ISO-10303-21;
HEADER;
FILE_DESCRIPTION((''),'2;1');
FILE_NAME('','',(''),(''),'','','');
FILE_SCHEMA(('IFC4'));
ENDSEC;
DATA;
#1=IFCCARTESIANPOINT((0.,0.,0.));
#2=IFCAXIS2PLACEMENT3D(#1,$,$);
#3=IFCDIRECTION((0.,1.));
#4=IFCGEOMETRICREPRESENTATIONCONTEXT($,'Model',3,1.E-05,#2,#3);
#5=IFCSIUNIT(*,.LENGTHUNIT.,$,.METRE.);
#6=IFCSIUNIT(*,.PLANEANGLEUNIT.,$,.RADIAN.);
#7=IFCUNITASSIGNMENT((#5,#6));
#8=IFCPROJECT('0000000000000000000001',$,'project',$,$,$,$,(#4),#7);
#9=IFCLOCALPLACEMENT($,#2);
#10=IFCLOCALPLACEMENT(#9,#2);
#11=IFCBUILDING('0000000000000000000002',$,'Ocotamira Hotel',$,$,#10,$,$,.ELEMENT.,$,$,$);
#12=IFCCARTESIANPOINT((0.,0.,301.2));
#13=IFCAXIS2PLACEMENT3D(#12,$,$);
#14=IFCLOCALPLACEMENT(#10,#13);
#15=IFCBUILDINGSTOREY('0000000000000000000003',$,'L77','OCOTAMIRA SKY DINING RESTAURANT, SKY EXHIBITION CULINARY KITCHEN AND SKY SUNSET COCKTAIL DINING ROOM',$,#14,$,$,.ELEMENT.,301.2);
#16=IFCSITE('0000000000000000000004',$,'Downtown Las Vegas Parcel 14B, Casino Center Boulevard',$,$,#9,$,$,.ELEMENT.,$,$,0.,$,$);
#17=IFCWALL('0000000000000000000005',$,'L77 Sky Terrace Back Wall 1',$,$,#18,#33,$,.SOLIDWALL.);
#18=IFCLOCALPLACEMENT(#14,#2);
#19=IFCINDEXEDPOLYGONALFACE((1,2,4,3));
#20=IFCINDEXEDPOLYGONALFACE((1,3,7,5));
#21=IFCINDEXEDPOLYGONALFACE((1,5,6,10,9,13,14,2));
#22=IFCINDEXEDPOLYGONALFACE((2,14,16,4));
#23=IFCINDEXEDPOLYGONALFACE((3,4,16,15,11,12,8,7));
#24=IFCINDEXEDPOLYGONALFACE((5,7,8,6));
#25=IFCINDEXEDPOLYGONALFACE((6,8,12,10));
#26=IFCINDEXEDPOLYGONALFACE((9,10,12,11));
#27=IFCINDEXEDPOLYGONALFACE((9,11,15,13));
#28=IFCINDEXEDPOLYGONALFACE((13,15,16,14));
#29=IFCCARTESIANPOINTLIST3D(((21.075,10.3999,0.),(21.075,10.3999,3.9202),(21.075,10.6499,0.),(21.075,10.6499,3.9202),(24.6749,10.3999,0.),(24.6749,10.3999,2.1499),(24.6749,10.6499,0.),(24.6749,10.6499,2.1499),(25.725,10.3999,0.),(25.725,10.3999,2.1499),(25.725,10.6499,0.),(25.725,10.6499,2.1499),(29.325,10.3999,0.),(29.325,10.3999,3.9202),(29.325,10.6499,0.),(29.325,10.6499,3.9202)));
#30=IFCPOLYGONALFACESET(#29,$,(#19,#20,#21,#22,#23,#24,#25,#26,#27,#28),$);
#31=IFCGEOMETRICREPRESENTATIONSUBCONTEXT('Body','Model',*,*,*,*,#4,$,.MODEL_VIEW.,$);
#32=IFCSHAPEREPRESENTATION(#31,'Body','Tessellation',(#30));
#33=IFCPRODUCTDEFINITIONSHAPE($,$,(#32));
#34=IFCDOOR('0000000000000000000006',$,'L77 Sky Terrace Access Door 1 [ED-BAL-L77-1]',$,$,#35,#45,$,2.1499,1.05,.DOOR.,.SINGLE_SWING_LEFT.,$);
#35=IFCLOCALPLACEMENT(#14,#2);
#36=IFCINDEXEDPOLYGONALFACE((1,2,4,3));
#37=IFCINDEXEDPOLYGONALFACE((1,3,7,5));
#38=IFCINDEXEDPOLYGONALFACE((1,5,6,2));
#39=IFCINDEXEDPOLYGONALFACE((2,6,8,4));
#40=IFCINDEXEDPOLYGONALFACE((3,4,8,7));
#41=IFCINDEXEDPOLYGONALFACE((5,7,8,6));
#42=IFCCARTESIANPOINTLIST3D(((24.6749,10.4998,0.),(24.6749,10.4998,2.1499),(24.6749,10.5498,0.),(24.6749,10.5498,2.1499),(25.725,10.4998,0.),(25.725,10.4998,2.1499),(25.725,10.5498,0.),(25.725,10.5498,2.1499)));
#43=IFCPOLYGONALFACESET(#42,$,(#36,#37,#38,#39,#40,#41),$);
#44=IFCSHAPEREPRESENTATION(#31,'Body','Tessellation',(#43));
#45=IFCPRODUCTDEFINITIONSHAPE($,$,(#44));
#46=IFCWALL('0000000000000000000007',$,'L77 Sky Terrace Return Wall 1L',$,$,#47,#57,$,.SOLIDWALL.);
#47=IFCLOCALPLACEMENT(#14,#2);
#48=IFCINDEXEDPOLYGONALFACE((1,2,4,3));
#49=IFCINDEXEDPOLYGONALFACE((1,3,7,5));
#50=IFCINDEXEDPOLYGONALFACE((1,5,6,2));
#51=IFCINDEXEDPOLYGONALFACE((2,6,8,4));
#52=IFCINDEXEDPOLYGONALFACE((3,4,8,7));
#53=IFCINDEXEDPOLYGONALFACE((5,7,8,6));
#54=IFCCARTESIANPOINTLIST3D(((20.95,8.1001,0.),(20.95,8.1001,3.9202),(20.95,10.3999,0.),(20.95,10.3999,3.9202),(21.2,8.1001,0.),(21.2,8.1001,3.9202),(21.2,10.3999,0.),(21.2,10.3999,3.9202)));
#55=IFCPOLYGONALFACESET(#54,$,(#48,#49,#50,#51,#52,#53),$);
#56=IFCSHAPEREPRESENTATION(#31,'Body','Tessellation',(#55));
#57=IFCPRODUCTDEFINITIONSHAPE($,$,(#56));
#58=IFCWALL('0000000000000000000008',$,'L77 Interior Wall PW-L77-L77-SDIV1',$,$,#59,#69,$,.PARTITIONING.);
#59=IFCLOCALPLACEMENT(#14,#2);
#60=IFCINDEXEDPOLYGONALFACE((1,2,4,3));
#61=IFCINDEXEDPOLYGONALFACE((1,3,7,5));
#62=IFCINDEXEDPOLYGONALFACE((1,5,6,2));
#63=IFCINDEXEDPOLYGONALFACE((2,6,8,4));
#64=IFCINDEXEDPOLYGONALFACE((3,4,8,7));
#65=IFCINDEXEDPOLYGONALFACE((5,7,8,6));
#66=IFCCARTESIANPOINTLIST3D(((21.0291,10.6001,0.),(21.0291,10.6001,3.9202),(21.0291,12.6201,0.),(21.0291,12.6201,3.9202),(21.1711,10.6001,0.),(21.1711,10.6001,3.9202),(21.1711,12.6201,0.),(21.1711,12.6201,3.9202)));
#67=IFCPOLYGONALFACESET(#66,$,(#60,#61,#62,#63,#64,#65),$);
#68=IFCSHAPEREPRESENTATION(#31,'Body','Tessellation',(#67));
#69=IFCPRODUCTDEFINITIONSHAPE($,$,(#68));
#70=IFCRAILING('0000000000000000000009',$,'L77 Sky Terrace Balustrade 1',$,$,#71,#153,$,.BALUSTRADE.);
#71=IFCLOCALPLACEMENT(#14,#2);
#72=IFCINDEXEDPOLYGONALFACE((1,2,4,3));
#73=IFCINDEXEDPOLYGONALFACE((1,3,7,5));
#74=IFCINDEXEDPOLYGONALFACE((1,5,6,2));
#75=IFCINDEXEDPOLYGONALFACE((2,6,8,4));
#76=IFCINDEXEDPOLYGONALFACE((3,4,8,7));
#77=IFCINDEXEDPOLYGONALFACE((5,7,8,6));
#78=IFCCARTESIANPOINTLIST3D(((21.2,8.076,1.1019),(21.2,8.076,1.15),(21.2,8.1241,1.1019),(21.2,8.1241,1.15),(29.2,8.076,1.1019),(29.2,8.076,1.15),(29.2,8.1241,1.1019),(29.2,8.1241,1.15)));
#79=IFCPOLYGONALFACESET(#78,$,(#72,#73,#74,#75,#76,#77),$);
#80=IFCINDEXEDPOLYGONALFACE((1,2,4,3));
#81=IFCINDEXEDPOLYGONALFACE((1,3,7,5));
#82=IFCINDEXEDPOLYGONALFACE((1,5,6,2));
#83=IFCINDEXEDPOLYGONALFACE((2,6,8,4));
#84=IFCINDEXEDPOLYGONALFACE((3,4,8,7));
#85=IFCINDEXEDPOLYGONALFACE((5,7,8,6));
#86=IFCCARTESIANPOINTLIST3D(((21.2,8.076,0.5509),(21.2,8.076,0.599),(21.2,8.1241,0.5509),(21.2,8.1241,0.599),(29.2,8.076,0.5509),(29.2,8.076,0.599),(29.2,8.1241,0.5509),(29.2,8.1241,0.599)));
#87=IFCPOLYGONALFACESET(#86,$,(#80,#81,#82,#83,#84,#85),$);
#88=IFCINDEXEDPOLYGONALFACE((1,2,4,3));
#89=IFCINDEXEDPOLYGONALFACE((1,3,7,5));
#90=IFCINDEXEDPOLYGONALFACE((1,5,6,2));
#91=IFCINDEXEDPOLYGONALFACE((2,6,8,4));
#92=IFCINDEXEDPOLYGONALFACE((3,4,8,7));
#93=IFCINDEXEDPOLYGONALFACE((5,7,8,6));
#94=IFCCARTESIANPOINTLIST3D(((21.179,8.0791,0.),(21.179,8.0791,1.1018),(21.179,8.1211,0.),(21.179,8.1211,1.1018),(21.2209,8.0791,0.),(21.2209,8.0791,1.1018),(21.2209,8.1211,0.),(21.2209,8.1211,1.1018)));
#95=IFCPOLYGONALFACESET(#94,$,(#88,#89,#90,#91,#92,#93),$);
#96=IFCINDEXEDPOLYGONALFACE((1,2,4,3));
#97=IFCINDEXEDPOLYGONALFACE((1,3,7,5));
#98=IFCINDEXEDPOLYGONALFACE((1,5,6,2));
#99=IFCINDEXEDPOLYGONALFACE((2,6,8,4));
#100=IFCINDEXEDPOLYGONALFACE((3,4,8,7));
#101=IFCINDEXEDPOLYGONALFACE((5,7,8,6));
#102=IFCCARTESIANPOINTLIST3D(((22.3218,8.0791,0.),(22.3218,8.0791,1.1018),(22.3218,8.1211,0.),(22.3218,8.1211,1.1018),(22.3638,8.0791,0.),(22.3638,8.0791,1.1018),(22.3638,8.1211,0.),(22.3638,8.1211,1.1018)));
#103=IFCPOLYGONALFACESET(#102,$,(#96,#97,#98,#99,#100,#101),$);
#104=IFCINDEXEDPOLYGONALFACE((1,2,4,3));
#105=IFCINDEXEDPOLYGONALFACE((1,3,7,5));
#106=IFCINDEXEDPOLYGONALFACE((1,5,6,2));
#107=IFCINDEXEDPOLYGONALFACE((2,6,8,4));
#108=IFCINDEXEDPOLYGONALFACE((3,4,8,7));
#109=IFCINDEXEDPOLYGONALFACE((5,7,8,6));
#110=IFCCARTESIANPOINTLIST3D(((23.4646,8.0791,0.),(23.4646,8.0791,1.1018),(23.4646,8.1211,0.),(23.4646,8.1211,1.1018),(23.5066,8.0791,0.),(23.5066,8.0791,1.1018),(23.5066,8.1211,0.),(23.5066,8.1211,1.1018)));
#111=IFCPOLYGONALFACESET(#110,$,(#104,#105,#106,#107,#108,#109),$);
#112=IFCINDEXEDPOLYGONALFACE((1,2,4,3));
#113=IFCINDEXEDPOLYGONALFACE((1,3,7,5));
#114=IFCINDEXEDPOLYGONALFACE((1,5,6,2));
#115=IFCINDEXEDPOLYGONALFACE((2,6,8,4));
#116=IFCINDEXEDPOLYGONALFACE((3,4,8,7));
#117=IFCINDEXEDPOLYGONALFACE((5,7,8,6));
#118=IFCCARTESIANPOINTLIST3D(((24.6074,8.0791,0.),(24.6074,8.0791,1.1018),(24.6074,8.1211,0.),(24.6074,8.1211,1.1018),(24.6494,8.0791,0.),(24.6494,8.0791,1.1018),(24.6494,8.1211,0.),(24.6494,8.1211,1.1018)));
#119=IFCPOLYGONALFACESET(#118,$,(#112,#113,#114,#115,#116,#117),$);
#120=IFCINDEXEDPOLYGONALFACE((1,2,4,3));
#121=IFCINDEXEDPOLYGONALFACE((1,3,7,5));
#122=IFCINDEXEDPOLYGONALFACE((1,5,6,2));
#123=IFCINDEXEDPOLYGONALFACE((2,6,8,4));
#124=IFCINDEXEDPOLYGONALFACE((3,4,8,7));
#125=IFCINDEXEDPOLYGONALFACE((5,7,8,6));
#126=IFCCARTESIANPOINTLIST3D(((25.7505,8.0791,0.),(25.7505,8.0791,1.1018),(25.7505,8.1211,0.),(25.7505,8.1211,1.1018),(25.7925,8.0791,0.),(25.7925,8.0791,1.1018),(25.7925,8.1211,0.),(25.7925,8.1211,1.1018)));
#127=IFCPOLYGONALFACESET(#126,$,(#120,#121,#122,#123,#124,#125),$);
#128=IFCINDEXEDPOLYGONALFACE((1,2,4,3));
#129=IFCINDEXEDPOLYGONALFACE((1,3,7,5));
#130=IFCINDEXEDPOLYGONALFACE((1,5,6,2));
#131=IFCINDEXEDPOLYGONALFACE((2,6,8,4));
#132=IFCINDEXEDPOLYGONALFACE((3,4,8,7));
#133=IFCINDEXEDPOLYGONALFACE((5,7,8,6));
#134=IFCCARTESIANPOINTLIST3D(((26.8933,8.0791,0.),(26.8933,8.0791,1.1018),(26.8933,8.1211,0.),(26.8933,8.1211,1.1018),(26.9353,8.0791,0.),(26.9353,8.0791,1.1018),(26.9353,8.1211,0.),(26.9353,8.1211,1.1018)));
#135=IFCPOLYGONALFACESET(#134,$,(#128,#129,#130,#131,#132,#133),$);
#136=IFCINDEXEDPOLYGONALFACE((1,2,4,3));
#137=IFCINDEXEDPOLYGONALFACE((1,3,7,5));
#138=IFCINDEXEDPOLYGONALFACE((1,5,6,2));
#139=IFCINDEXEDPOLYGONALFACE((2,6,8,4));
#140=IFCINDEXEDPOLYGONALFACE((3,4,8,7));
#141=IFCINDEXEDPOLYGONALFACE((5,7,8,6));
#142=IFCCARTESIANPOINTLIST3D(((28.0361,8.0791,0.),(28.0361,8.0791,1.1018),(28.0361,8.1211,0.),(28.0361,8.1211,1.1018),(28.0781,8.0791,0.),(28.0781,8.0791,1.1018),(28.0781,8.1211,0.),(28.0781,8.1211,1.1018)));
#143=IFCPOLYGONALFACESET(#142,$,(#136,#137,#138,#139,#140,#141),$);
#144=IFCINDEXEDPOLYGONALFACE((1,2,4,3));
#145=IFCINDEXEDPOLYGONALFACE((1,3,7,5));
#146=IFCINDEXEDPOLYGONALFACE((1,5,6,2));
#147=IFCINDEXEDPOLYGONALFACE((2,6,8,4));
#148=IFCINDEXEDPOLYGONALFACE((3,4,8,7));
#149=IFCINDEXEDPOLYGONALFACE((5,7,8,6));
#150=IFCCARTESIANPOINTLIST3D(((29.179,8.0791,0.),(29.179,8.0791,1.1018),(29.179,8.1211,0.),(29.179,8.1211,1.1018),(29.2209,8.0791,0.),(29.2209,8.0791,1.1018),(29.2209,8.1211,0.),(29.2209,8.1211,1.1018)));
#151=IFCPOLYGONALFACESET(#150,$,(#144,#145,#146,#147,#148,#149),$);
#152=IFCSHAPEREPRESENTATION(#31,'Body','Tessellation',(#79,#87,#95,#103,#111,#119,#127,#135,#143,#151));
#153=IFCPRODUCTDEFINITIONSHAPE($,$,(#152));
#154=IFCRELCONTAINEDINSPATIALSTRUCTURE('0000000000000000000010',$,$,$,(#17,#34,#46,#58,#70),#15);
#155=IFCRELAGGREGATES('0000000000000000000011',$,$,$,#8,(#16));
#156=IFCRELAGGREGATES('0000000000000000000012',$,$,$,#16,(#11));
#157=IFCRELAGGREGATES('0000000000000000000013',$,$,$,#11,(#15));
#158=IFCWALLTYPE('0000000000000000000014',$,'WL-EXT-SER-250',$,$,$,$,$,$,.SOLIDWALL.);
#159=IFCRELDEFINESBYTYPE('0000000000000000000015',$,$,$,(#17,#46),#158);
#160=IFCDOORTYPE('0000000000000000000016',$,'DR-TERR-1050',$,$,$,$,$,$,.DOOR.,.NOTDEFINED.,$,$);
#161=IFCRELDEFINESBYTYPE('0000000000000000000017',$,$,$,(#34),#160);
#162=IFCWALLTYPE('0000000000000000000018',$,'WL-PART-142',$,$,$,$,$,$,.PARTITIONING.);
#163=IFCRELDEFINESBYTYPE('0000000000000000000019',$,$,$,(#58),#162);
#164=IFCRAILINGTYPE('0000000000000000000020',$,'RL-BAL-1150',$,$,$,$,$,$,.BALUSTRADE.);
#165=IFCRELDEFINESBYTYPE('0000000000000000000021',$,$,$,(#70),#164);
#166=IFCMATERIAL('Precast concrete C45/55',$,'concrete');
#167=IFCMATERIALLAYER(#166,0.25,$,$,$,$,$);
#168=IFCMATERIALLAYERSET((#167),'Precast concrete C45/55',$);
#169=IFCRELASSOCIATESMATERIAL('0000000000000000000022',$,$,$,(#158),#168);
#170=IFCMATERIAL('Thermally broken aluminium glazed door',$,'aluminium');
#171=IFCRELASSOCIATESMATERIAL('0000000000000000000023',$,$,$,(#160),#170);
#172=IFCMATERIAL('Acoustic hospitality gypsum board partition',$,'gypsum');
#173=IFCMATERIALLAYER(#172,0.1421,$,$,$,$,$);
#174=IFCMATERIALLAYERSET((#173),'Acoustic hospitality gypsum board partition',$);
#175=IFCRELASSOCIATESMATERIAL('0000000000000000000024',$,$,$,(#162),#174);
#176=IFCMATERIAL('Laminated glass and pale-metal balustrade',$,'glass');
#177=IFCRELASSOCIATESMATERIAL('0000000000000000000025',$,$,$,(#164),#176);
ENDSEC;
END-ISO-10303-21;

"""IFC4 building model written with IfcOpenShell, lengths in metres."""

from ifc_helpers import new_model, si_unit, direction, frame, frame_2d, origin, origin_2d, place, context, subcontext, project, spatial, rectangle, extrude, source, transform, mapped, material, layer, layer_set, type_object, element, fill, save


model = new_model("IFC4")

# Units and contexts
model_context = context("Model", 3, precision=1e-05, world=origin(), true_north=direction((0.0, 1.0)))
body_context = subcontext(model_context, "Body", "Model", "MODEL_VIEW")
ifc_project = project(units=[si_unit("LENGTHUNIT", "METRE"), si_unit("PLANEANGLEUNIT", "RADIAN")], contexts=[model_context])

# Site, building, storey
site_placement = place(None, origin())
site = spatial("IfcSite", under=ifc_project, at=site_placement, Name="Downtown Las Vegas Parcel 14B, Casino Center Boulevard", CompositionType="ELEMENT", RefElevation=0.0)
building_placement = place(site_placement, origin())
building = spatial("IfcBuilding", under=site, at=building_placement, Name="Ocotamira Hotel", CompositionType="ELEMENT")
storey_placement = place(building_placement, frame((0.0, 0.0, 301.2)))
storey = spatial("IfcBuildingStorey", under=building, at=storey_placement, Name="L77", Description="OCOTAMIRA SKY DINING RESTAURANT, SKY EXHIBITION CULINARY KITCHEN AND SKY SUNSET COCKTAIL DINING ROOM", CompositionType="ELEMENT", Elevation=301.2)

# Wall, opening, door
ifc_material_1 = material(Name="Precast concrete C45/55", Category="concrete")
ifc_layer_1 = layer(ifc_material_1, 0.25)
ifc_layer_set_1 = layer_set([ifc_layer_1], Name="Precast concrete C45/55")
wall_type_1 = type_object("IfcWallType", Name="WL-EXT-SER-250", PredefinedType="SOLIDWALL", material=ifc_layer_set_1)
wall_1_placement = place(storey_placement, frame((21.075, 10.5249, 0.0), z_axis=(0.0, 0.0, 1.0), x_axis=(1.0, 0.0, 0.0)))
wall_1 = element("IfcWall", 1, at=wall_1_placement, inside=storey, type_object=wall_type_1, Name="L77 Sky Terrace Back Wall 1", PredefinedType="SOLIDWALL", context=body_context, shape_type="SweptSolid", body=[
    extrude(rectangle(XDim=8.25, YDim=0.25, at=frame_2d((4.125, 0.0))), origin(), (0.0, 0.0, 1.0), 3.9202),
])
opening_placement = place(wall_1_placement, frame((3.6001, 0.0, 0.0)))
opening = element("IfcOpeningElement", 2, at=opening_placement, cuts=wall_1, PredefinedType="OPENING", context=body_context, shape_type="SweptSolid", body=[
    extrude(rectangle(XDim=1.05, YDim=2.1499, at=frame_2d((0.5249, 1.075))), frame((0.0, 0.135, 0.0), z_axis=(0.0, -1.0, 0.0), x_axis=(1.0, 0.0, 0.0)), (0.0, 0.0, 1.0), 0.27),
])
ifc_material_2 = material(Name="Thermally broken aluminium glazed door", Category="aluminium")
door_type = type_object("IfcDoorType", Name="DR-TERR-1050", OperationType="NOTDEFINED", PredefinedType="DOOR", material=ifc_material_2)
shared_shape_1 = source(origin(), body_context, "Body", "SweptSolid", [
    extrude(rectangle(XDim=1.05, YDim=2.1499, at=frame_2d((0.5249, 1.075))), frame((0.0, 0.0249, 0.0), z_axis=(0.0, -1.0, 0.0), x_axis=(1.0, 0.0, 0.0)), (0.0, 0.0, 1.0), 0.05),
])
door_placement = place(opening_placement, origin())
door = element("IfcDoor", 3, at=door_placement, inside=storey, type_object=door_type, Name="L77 Sky Terrace Access Door 1 [ED-BAL-L77-1]", OperationType="SINGLE_SWING_LEFT", OverallHeight=2.1499, OverallWidth=1.05, PredefinedType="DOOR", context=body_context, shape_type="MappedRepresentation", body=[
    mapped(shared_shape_1, transform((0.0, 0.0, 0.0), scale=1.0)),
])
fill(opening, door)

# Walls
wall_2_placement = place(storey_placement, frame((21.075, 8.1001, 0.0), z_axis=(0.0, 0.0, 1.0), x_axis=(0.0, 1.0, 0.0)))
element("IfcWall", 4, at=wall_2_placement, inside=storey, type_object=wall_type_1, Name="L77 Sky Terrace Return Wall 1L", PredefinedType="SOLIDWALL", context=body_context, shape_type="SweptSolid", body=[
    extrude(rectangle(XDim=2.2998, YDim=0.25, at=frame_2d((1.1499, 0.0))), origin(), (0.0, 0.0, 1.0), 3.9202),
])
ifc_material_3 = material(Name="Acoustic hospitality gypsum board partition", Category="gypsum")
ifc_layer_2 = layer(ifc_material_3, 0.1421)
ifc_layer_set_2 = layer_set([ifc_layer_2], Name="Acoustic hospitality gypsum board partition")
wall_type_2 = type_object("IfcWallType", Name="WL-PART-142", PredefinedType="PARTITIONING", material=ifc_layer_set_2)
wall_3_placement = place(storey_placement, frame((21.1001, 10.6001, 0.0), z_axis=(0.0, 0.0, 1.0), x_axis=(0.0, 1.0, 0.0)))
element("IfcWall", 5, at=wall_3_placement, inside=storey, type_object=wall_type_2, Name="L77 Interior Wall PW-L77-L77-SDIV1", PredefinedType="PARTITIONING", context=body_context, shape_type="SweptSolid", body=[
    extrude(rectangle(XDim=2.02, YDim=0.1421, at=frame_2d((1.01, 0.0))), origin(), (0.0, 0.0, 1.0), 3.9202),
])

# Railing
ifc_material_4 = material(Name="Laminated glass and pale-metal balustrade", Category="glass")
railing_type = type_object("IfcRailingType", Name="RL-BAL-1150", PredefinedType="BALUSTRADE", material=ifc_material_4)
railing_placement = place(storey_placement, frame((21.2, 8.1001, 0.0)))
element("IfcRailing", 6, at=railing_placement, inside=storey, type_object=railing_type, Name="L77 Sky Terrace Balustrade 1", PredefinedType="BALUSTRADE", context=body_context, shape_type="SweptSolid", body=[
    extrude(rectangle(XDim=0.0481, YDim=0.0481, at=origin_2d()), frame((0.0, 0.0, 1.126), z_axis=(1.0, 0.0, 0.0), x_axis=(0.0, 1.0, 0.0)), (0.0, 0.0, 1.0), 8.0),
    extrude(rectangle(XDim=0.0481, YDim=0.0481, at=origin_2d()), frame((0.0, 0.0, 0.575), z_axis=(1.0, 0.0, 0.0), x_axis=(0.0, 1.0, 0.0)), (0.0, 0.0, 1.0), 8.0),
    extrude(rectangle(XDim=0.042, YDim=0.042, at=origin_2d()), origin(), (0.0, 0.0, 1.0), 1.1018),
    extrude(rectangle(XDim=0.042, YDim=0.042, at=origin_2d()), frame((1.1428, 0.0, 0.0)), (0.0, 0.0, 1.0), 1.1018),
    extrude(rectangle(XDim=0.042, YDim=0.042, at=origin_2d()), frame((2.2856, 0.0, 0.0)), (0.0, 0.0, 1.0), 1.1018),
    extrude(rectangle(XDim=0.042, YDim=0.042, at=origin_2d()), frame((3.4285, 0.0, 0.0)), (0.0, 0.0, 1.0), 1.1018),
    extrude(rectangle(XDim=0.042, YDim=0.042, at=origin_2d()), frame((4.5715, 0.0, 0.0)), (0.0, 0.0, 1.0), 1.1018),
    extrude(rectangle(XDim=0.042, YDim=0.042, at=origin_2d()), frame((5.7144, 0.0, 0.0)), (0.0, 0.0, 1.0), 1.1018),
    extrude(rectangle(XDim=0.042, YDim=0.042, at=origin_2d()), frame((6.8572, 0.0, 0.0)), (0.0, 0.0, 1.0), 1.1018),
    extrude(rectangle(XDim=0.042, YDim=0.042, at=origin_2d()), frame((8.0, 0.0, 0.0)), (0.0, 0.0, 1.0), 1.1018),
])

save(model, "model.ifc")
